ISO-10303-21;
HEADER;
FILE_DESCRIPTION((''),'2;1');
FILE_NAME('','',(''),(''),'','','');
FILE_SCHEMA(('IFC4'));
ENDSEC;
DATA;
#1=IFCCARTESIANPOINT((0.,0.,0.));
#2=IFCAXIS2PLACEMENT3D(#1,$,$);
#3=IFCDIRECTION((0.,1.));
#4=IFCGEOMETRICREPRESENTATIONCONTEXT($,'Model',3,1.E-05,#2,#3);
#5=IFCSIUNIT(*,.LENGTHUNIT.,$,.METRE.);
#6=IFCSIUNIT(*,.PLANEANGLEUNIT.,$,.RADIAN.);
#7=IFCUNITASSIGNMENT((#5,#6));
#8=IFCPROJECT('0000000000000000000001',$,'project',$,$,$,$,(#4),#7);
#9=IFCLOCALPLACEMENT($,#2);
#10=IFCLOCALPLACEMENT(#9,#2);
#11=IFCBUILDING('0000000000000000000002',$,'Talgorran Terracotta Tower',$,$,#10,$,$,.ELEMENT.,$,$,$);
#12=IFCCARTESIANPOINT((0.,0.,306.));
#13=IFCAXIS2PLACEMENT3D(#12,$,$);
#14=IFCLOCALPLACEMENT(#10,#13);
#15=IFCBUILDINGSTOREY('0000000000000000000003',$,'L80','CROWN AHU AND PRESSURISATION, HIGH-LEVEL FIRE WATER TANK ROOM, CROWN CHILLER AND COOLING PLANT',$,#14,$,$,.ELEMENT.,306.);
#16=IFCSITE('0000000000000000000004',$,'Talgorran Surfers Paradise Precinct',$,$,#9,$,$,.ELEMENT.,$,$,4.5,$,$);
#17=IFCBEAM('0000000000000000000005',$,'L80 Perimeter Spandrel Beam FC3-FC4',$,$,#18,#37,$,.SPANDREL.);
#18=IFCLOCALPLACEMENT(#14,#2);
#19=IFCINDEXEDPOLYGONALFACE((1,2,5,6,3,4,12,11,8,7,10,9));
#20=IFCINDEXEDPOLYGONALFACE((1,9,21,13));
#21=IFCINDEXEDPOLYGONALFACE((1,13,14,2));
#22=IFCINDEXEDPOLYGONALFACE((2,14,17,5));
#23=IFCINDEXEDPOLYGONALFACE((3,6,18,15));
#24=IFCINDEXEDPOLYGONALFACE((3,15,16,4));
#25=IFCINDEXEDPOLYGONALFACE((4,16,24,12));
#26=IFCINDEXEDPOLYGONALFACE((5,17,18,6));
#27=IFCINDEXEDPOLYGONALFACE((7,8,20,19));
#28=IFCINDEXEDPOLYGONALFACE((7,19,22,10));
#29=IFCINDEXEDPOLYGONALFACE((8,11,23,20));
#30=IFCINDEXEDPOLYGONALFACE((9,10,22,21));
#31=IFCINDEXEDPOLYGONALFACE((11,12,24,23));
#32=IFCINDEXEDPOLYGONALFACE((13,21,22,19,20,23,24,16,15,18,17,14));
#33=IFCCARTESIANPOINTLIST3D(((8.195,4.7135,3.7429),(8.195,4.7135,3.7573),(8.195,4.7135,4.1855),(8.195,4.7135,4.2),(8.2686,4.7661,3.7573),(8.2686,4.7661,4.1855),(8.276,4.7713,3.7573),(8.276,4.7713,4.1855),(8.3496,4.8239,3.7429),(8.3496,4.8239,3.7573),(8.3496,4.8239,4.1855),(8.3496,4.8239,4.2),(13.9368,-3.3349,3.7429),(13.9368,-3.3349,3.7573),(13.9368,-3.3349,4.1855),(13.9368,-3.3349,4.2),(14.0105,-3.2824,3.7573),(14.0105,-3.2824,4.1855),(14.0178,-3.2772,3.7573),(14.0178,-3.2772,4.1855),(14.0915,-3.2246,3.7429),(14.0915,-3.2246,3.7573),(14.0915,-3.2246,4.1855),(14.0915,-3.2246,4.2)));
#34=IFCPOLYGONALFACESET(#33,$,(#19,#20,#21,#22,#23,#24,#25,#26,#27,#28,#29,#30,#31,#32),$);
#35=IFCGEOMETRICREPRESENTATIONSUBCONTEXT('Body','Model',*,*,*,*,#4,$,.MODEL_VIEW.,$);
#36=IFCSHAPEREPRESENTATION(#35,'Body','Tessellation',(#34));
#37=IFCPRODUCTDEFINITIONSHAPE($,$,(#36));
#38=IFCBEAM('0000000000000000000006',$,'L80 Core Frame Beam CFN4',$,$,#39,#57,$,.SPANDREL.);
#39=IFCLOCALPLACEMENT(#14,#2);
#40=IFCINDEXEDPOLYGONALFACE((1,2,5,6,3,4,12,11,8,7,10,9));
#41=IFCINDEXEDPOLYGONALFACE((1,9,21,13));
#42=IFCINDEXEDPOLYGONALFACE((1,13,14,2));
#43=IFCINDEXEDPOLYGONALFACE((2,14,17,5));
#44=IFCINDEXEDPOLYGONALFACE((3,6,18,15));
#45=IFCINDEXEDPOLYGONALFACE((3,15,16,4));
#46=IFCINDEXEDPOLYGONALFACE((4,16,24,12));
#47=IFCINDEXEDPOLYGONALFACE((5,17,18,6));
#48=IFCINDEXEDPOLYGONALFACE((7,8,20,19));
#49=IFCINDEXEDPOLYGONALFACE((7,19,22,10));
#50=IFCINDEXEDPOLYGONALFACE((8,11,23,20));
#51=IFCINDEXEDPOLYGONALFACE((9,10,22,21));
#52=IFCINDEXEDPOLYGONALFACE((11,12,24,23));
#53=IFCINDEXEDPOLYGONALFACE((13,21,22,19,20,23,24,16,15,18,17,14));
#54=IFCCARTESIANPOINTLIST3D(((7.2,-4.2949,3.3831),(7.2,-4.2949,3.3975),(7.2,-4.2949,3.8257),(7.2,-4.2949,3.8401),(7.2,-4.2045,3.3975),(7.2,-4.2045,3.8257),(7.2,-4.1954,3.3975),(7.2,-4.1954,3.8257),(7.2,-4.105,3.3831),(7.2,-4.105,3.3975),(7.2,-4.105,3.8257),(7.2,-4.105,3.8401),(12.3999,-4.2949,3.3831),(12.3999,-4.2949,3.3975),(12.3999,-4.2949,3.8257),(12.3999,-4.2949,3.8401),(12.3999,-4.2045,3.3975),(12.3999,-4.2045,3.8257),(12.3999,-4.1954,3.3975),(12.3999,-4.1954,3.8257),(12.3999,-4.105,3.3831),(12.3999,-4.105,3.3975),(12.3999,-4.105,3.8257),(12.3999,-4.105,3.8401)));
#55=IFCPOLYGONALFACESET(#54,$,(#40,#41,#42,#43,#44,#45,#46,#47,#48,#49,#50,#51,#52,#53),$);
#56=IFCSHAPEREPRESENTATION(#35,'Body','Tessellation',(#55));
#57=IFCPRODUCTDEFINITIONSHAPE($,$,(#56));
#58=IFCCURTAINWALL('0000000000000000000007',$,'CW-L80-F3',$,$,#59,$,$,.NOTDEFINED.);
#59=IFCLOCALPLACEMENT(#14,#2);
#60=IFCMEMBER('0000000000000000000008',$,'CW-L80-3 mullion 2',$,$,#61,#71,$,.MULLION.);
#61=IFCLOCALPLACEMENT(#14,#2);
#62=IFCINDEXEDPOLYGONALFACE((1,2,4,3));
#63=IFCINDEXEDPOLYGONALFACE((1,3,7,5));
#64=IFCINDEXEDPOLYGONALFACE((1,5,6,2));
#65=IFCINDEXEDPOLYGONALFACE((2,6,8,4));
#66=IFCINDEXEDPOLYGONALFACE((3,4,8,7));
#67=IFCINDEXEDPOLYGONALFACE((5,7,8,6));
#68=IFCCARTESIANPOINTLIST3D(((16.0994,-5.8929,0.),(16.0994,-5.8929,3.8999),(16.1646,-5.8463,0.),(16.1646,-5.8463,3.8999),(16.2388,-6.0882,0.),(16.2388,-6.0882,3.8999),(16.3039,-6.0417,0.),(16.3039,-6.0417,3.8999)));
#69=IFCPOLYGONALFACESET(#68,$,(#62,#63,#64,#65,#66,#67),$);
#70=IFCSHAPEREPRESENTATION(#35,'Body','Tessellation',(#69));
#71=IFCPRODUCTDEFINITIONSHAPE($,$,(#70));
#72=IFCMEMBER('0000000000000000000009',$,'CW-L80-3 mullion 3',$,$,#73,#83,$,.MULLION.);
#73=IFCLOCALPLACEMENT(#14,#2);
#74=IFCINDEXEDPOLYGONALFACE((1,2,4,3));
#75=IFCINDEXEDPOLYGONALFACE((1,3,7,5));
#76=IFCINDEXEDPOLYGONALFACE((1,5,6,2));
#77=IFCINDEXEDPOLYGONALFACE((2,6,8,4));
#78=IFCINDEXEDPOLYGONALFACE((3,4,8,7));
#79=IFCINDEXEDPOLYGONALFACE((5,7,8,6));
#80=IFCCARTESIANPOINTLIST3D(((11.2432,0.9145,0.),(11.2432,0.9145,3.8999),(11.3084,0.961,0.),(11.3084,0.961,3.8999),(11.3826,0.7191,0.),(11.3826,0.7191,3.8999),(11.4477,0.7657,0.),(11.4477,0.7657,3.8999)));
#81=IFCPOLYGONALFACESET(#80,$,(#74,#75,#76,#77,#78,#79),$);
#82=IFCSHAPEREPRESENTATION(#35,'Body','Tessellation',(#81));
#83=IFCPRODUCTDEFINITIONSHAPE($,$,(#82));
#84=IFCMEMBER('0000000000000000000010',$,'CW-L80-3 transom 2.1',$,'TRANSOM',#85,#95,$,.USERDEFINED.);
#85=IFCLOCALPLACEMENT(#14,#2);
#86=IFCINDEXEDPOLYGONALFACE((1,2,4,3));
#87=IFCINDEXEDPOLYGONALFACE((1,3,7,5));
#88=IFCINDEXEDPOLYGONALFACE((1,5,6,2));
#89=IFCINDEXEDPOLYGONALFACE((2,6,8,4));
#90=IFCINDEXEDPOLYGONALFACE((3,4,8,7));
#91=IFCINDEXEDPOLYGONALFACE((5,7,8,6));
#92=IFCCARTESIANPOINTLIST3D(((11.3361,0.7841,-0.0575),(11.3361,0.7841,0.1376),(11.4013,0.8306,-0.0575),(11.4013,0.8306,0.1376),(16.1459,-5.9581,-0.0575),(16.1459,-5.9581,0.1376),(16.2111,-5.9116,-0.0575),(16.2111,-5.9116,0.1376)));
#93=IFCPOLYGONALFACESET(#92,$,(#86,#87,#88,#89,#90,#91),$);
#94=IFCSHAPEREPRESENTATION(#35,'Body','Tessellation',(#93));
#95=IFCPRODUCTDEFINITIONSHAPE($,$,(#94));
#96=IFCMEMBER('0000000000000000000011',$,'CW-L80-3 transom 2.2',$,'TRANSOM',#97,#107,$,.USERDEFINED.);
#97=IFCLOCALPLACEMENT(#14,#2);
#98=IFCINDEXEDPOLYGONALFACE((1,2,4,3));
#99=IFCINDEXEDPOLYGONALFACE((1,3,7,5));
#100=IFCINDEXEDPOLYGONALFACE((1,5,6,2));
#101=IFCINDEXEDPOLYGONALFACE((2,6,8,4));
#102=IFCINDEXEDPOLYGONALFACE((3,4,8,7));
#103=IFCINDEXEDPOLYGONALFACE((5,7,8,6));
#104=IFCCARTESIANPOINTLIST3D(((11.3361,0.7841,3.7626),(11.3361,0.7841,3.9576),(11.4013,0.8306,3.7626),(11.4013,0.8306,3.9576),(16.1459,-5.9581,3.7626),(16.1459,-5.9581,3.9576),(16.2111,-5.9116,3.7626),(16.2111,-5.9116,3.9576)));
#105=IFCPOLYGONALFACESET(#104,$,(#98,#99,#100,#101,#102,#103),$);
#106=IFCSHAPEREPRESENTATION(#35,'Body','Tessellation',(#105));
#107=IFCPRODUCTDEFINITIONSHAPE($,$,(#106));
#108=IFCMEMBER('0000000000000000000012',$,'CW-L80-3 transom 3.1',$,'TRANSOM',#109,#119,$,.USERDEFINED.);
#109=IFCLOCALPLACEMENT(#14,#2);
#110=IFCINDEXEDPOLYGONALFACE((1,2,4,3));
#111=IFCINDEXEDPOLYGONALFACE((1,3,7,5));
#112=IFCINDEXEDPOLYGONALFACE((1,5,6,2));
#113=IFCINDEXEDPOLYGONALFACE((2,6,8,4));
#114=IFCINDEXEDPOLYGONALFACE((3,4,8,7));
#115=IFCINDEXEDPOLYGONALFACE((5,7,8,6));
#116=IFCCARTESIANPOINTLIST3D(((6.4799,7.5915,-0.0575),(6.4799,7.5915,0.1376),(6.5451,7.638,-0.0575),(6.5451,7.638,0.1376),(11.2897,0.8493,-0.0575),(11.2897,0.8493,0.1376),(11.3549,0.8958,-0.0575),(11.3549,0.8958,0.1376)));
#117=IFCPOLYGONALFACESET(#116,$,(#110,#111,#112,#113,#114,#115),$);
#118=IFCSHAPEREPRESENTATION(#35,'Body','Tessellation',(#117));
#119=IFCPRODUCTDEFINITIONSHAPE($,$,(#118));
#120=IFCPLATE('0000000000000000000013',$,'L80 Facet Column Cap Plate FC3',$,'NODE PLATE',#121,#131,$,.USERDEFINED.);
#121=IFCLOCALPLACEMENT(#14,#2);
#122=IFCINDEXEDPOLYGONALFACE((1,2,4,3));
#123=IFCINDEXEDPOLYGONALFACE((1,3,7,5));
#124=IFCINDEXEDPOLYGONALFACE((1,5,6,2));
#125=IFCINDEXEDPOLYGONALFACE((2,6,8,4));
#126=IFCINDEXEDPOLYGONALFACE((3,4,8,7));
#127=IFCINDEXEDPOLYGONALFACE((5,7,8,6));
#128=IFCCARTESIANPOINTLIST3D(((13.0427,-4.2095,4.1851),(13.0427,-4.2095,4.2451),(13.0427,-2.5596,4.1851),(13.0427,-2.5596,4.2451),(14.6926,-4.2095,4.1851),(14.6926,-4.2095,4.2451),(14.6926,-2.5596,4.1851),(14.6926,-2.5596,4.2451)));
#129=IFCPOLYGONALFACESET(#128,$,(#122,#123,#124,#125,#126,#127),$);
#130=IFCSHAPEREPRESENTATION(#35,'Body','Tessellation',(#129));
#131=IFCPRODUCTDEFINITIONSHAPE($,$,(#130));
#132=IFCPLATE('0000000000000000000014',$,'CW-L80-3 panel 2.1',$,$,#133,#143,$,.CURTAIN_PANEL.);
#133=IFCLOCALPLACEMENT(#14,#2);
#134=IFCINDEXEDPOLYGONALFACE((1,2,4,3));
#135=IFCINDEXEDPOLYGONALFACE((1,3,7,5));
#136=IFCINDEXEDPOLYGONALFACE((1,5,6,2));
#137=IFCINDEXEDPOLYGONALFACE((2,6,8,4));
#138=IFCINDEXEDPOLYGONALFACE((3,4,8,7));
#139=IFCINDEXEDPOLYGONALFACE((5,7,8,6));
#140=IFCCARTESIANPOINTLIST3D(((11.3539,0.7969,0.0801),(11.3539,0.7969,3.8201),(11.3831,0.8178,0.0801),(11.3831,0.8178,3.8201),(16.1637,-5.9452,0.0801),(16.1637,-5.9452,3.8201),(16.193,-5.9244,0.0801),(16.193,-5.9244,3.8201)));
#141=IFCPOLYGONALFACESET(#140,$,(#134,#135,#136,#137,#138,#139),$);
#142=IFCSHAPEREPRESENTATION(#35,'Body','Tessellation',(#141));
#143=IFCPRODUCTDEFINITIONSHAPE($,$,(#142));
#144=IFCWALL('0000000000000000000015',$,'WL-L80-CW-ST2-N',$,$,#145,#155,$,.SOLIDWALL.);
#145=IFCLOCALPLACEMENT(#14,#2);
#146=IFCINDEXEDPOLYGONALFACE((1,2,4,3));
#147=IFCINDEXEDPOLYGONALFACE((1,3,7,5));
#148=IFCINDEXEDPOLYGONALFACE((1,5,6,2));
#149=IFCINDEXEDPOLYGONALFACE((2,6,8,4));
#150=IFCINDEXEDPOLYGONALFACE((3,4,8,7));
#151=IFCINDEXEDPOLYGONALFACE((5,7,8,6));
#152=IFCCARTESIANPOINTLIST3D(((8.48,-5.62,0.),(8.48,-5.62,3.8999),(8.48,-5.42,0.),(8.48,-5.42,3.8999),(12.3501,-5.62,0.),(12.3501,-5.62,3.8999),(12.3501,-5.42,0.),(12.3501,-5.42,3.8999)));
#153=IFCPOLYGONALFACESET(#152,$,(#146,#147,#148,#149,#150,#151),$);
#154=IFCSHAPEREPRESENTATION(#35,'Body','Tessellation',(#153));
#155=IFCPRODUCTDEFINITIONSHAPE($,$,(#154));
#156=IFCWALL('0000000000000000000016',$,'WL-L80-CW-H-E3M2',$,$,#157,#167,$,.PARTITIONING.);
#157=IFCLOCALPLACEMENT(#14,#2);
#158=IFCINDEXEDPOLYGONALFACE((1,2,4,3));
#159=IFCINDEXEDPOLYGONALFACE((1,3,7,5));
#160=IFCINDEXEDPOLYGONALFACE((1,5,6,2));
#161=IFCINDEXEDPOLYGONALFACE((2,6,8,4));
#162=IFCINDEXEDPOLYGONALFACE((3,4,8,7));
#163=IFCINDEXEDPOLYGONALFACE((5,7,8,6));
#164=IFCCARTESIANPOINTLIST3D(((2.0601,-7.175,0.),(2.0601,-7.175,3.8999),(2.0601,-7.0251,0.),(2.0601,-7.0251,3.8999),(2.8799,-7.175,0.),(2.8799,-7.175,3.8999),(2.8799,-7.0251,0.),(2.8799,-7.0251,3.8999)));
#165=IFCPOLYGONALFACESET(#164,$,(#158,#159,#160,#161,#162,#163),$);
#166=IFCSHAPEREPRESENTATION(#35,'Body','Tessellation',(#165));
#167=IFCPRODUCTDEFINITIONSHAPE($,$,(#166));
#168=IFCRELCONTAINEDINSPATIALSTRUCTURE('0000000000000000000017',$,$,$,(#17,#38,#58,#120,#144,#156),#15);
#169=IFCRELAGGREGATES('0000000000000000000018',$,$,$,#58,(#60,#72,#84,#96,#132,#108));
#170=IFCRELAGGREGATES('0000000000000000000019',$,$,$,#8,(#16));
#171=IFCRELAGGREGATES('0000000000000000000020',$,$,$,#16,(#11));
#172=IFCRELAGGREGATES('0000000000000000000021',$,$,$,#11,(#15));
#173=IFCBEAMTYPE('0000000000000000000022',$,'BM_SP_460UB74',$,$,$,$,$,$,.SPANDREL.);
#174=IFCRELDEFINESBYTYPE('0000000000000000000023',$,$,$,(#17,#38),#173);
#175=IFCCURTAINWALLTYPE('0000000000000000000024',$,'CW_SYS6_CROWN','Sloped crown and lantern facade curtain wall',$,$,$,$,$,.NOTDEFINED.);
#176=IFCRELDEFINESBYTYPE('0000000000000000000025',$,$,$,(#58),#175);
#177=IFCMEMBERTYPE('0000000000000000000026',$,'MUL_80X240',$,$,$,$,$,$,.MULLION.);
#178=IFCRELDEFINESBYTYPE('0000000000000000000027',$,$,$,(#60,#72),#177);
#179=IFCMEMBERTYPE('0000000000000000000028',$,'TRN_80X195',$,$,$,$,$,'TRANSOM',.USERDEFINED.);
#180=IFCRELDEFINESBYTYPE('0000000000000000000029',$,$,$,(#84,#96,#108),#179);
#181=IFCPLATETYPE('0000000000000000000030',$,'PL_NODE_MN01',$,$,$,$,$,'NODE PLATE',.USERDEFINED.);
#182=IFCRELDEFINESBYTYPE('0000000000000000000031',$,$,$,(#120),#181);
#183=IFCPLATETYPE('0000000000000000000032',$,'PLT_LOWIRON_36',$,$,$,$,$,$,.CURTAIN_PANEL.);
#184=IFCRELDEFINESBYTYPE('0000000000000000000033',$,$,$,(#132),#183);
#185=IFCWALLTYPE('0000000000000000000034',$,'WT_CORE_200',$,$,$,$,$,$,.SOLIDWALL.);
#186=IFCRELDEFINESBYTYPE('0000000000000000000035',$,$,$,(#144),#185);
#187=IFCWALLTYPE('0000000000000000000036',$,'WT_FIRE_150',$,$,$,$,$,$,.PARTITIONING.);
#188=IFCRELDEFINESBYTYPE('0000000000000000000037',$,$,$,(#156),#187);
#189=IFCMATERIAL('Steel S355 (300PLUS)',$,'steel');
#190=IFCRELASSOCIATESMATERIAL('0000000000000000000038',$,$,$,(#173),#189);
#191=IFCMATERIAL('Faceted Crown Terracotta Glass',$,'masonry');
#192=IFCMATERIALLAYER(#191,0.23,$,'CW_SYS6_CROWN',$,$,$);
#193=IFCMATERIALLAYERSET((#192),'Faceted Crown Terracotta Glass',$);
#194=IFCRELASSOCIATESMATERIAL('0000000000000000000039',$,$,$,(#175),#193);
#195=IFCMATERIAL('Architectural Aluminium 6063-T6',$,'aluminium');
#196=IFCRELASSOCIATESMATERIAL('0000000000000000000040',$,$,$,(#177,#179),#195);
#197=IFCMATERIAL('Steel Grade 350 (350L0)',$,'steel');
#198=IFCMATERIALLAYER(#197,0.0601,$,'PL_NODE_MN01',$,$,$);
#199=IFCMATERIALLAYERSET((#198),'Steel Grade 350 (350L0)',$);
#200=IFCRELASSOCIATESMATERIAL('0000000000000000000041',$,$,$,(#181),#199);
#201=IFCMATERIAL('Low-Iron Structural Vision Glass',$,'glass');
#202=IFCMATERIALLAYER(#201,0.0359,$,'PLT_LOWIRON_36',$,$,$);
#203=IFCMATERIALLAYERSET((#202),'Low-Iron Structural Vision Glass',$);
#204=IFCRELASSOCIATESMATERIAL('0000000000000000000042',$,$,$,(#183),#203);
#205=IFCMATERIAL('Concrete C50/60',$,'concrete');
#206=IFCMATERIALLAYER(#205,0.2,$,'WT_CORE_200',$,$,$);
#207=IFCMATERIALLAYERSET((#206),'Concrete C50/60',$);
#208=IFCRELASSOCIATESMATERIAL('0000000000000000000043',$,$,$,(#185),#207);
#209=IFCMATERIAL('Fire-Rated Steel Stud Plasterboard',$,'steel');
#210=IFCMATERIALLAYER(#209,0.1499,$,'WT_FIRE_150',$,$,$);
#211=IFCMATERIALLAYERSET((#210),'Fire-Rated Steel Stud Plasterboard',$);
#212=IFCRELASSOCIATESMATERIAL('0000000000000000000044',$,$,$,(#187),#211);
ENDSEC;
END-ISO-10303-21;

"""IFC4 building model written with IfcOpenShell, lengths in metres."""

from ifc_helpers import new_model, si_unit, direction, frame, frame_2d, origin, origin_2d, place, context, subcontext, project, spatial, rectangle, i_section, extrude, source, transform, mapped, material, layer, layer_set, material_profile, profile_set, type_object, type_shapes, element, aggregate, save


model = new_model("IFC4")

# Units and contexts
model_context = context("Model", 3, precision=1e-05, world=origin(), true_north=direction((0.0, 1.0)))
body_context = subcontext(model_context, "Body", "Model", "MODEL_VIEW")
ifc_project = project(units=[si_unit("LENGTHUNIT", "METRE"), si_unit("PLANEANGLEUNIT", "RADIAN")], contexts=[model_context])

# Site, building, storey
site_placement = place(None, origin())
site = spatial("IfcSite", under=ifc_project, at=site_placement, Name="Talgorran Surfers Paradise Precinct", CompositionType="ELEMENT", RefElevation=4.5)
building_placement = place(site_placement, origin())
building = spatial("IfcBuilding", under=site, at=building_placement, Name="Talgorran Terracotta Tower", CompositionType="ELEMENT")
storey_placement = place(building_placement, frame((0.0, 0.0, 306.0)))
storey = spatial("IfcBuildingStorey", under=building, at=storey_placement, Name="L80", Description="CROWN AHU AND PRESSURISATION, HIGH-LEVEL FIRE WATER TANK ROOM, CROWN CHILLER AND COOLING PLANT", CompositionType="ELEMENT", Elevation=306.0)

# Shared definitions
ifc_material_1 = material(Name="Steel S355 (300PLUS)", Category="steel")

# Beams
ifc_material_2 = material(Name="Steel Grade 350 (350L0)", Category="steel")
ifc_material_profile_1 = material_profile(ifc_material_1, i_section(OverallWidth=0.1899, OverallDepth=0.457, WebThickness=0.009, FlangeThickness=0.0144, at=origin_2d()), Name="460UB74.6")
ifc_profile_set_1 = profile_set([ifc_material_profile_1], Name="Steel S355 (300PLUS)")
beam_type_1 = type_object("IfcBeamType", Name="BM_SP_460UB74", PredefinedType="SPANDREL", material=ifc_profile_set_1)
beam_1_placement = place(storey_placement, frame((14.0142, -3.2798, 3.9714), z_axis=(-0.580766, 0.81407, 0.0), x_axis=(-0.81407, -0.580766, 0.0)))
element("IfcBeam", 1, at=beam_1_placement, inside=storey, type_object=beam_type_1, Name="L80 Perimeter Spandrel Beam FC3-FC4", PredefinedType="SPANDREL", context=body_context, shape_type="SweptSolid", body=[
    extrude(i_section(OverallWidth=0.1899, OverallDepth=0.457, WebThickness=0.009, FlangeThickness=0.0144, at=origin_2d()), origin(), (0.0, 0.0, 1.0), 9.8867),
])
beam_2_placement = place(storey_placement, frame((7.2, -4.2, 3.6116), z_axis=(1.0, 0.0, 0.0), x_axis=(0.0, 1.0, 0.0)))
element("IfcBeam", 2, at=beam_2_placement, inside=storey, type_object=beam_type_1, Name="L80 Core Frame Beam CFN4", PredefinedType="SPANDREL", context=body_context, shape_type="SweptSolid", body=[
    extrude(i_section(OverallWidth=0.1899, OverallDepth=0.457, WebThickness=0.009, FlangeThickness=0.0144, at=origin_2d()), origin(), (0.0, 0.0, 1.0), 5.2),
])

# Curtain wall, members
ifc_material_3 = material(Name="Faceted Crown Terracotta Glass", Category="masonry")
ifc_layer_1 = layer(ifc_material_3, 0.23, Name="CW_SYS6_CROWN")
ifc_layer_set_1 = layer_set([ifc_layer_1], Name="Faceted Crown Terracotta Glass")
curtain_wall_type = type_object("IfcCurtainWallType", Name="CW_SYS6_CROWN", Description="Sloped crown and lantern facade curtain wall", PredefinedType="NOTDEFINED", material=ifc_layer_set_1)
curtain_wall_placement = place(storey_placement, origin())
curtain_wall = element("IfcCurtainWall", 3, at=curtain_wall_placement, inside=storey, type_object=curtain_wall_type, Name="CW-L80-F3", PredefinedType="NOTDEFINED")
ifc_material_4 = material(Name="Architectural Aluminium 6063-T6", Category="aluminium")
ifc_material_profile_2 = material_profile(ifc_material_4, rectangle(XDim=0.0801, YDim=0.24, at=origin_2d()), Name="CWM80X240")
ifc_profile_set_2 = profile_set([ifc_material_profile_2], Name="Architectural Aluminium 6063-T6")
member_type_1 = type_object("IfcMemberType", Name="MUL_80X240", PredefinedType="MULLION", material=ifc_profile_set_2)
member_1_placement = place(storey_placement, frame((16.2017, -5.9673, 0.0), z_axis=(0.0, 0.0, 1.0), x_axis=(-0.814076, -0.580758, 0.0)))
member_1 = element("IfcMember", 4, at=member_1_placement, type_object=member_type_1, Name="CW-L80-3 mullion 2", PredefinedType="MULLION", context=body_context, shape_type="SweptSolid", body=[
    extrude(rectangle(XDim=0.0801, YDim=0.24, at=origin_2d()), origin(), (0.0, 0.0, 1.0), 3.8999),
])
member_2_placement = place(storey_placement, frame((11.3455, 0.8401, 0.0), z_axis=(0.0, 0.0, 1.0), x_axis=(-0.814076, -0.580758, 0.0)))
member_2 = element("IfcMember", 5, at=member_2_placement, type_object=member_type_1, Name="CW-L80-3 mullion 3", PredefinedType="MULLION", context=body_context, shape_type="SweptSolid", body=[
    extrude(rectangle(XDim=0.0801, YDim=0.24, at=origin_2d()), origin(), (0.0, 0.0, 1.0), 3.8999),
])
ifc_material_profile_3 = material_profile(ifc_material_4, rectangle(XDim=0.0801, YDim=0.1951, at=origin_2d()), Name="CWT80X195")
ifc_profile_set_3 = profile_set([ifc_material_profile_3], Name="Architectural Aluminium 6063-T6")
member_type_2 = type_object("IfcMemberType", Name="TRN_80X195", ElementType="TRANSOM", PredefinedType="USERDEFINED", material=ifc_profile_set_3)
member_3_placement = place(storey_placement, frame((16.1785, -5.9348, 0.04), z_axis=(-0.580756, 0.814078, 0.0), x_axis=(-0.814078, -0.580756, 0.0)))
member_3 = element("IfcMember", 6, at=member_3_placement, type_object=member_type_2, Name="CW-L80-3 transom 2.1", ObjectType="TRANSOM", PredefinedType="USERDEFINED", context=body_context, shape_type="SweptSolid", body=[
    extrude(rectangle(XDim=0.0801, YDim=0.1951, at=origin_2d()), origin(), (0.0, 0.0, 1.0), 8.282),
])
member_4_placement = place(storey_placement, frame((16.1785, -5.9348, 3.8601), z_axis=(-0.580756, 0.814078, 0.0), x_axis=(-0.814078, -0.580756, 0.0)))
member_4 = element("IfcMember", 7, at=member_4_placement, type_object=member_type_2, Name="CW-L80-3 transom 2.2", ObjectType="TRANSOM", PredefinedType="USERDEFINED", context=body_context, shape_type="SweptSolid", body=[
    extrude(rectangle(XDim=0.0801, YDim=0.1951, at=origin_2d()), origin(), (0.0, 0.0, 1.0), 8.282),
])
member_5_placement = place(storey_placement, frame((11.3223, 0.8726, 0.04), z_axis=(-0.580756, 0.814078, 0.0), x_axis=(-0.814078, -0.580756, 0.0)))
member_5 = element("IfcMember", 8, at=member_5_placement, type_object=member_type_2, Name="CW-L80-3 transom 3.1", ObjectType="TRANSOM", PredefinedType="USERDEFINED", context=body_context, shape_type="SweptSolid", body=[
    extrude(rectangle(XDim=0.0801, YDim=0.1951, at=origin_2d()), origin(), (0.0, 0.0, 1.0), 8.282),
])

# Plates
ifc_layer_2 = layer(ifc_material_2, 0.0601, Name="PL_NODE_MN01")
ifc_layer_set_2 = layer_set([ifc_layer_2], Name="Steel Grade 350 (350L0)")
plate_type_1 = type_object("IfcPlateType", Name="PL_NODE_MN01", ElementType="NODE PLATE", PredefinedType="USERDEFINED", material=ifc_layer_set_2)
plate_1_placement = place(storey_placement, frame((13.8677, -3.3845, 4.1851), z_axis=(0.0, 0.0, 1.0), x_axis=(1.0, 0.0, 0.0)))
element("IfcPlate", 9, at=plate_1_placement, inside=storey, type_object=plate_type_1, Name="L80 Facet Column Cap Plate FC3", ObjectType="NODE PLATE", PredefinedType="USERDEFINED", context=body_context, shape_type="SweptSolid", body=[
    extrude(rectangle(XDim=1.6499, YDim=1.6499, at=origin_2d()), origin(), (0.0, 0.0, 1.0), 0.0601),
])
ifc_material_5 = material(Name="Low-Iron Structural Vision Glass", Category="glass")
ifc_layer_3 = layer(ifc_material_5, 0.0359, Name="PLT_LOWIRON_36")
ifc_layer_set_3 = layer_set([ifc_layer_3], Name="Low-Iron Structural Vision Glass")
plate_type_2 = type_object("IfcPlateType", Name="PLT_LOWIRON_36", PredefinedType="CURTAIN_PANEL", material=ifc_layer_set_3)
shared_shape = source(origin(), body_context, "Body", "SweptSolid", [
    extrude(rectangle(XDim=8.282, YDim=0.0359, at=origin_2d()), origin(), (0.0, 0.0, 1.0), 3.74),
])
type_shapes(plate_type_2, [shared_shape])
plate_2_placement = place(storey_placement, frame((13.7734, -2.5637, 0.0801), z_axis=(0.0, 0.0, 1.0), x_axis=(-0.580758, 0.814076, 0.0)))
plate_2 = element("IfcPlate", 10, at=plate_2_placement, type_object=plate_type_2, Name="CW-L80-3 panel 2.1", PredefinedType="CURTAIN_PANEL", context=body_context, shape_type="MappedRepresentation", body=[
    mapped(shared_shape, transform((0.0, 0.0, 0.0), scale=1.0)),
])
aggregate(curtain_wall, [member_1, member_2, member_3, member_4, plate_2, member_5])

# Walls
ifc_material_6 = material(Name="Concrete C50/60", Category="concrete")
ifc_layer_4 = layer(ifc_material_6, 0.2, Name="WT_CORE_200")
ifc_layer_set_4 = layer_set([ifc_layer_4], Name="Concrete C50/60")
wall_type_1 = type_object("IfcWallType", Name="WT_CORE_200", PredefinedType="SOLIDWALL", material=ifc_layer_set_4)
wall_1_placement = place(storey_placement, frame((8.48, -5.52, 0.0), z_axis=(0.0, 0.0, 1.0), x_axis=(1.0, 0.0, 0.0)))
element("IfcWall", 11, at=wall_1_placement, inside=storey, type_object=wall_type_1, Name="WL-L80-CW-ST2-N", PredefinedType="SOLIDWALL", context=body_context, shape_type="SweptSolid", body=[
    extrude(rectangle(XDim=3.8701, YDim=0.2, at=frame_2d((1.9351, 0.0))), origin(), (0.0, 0.0, 1.0), 3.8999),
])
ifc_material_7 = material(Name="Fire-Rated Steel Stud Plasterboard", Category="steel")
ifc_layer_5 = layer(ifc_material_7, 0.1499, Name="WT_FIRE_150")
ifc_layer_set_5 = layer_set([ifc_layer_5], Name="Fire-Rated Steel Stud Plasterboard")
wall_type_2 = type_object("IfcWallType", Name="WT_FIRE_150", PredefinedType="PARTITIONING", material=ifc_layer_set_5)
wall_2_placement = place(storey_placement, frame((2.0601, -7.1001, 0.0), z_axis=(0.0, 0.0, 1.0), x_axis=(1.0, 0.0, 0.0)))
element("IfcWall", 12, at=wall_2_placement, inside=storey, type_object=wall_type_2, Name="WL-L80-CW-H-E3M2", PredefinedType="PARTITIONING", context=body_context, shape_type="SweptSolid", body=[
    extrude(rectangle(XDim=0.8198, YDim=0.1499, at=frame_2d((0.4099, 0.0))), origin(), (0.0, 0.0, 1.0), 3.8999),
])

save(model, "model.ifc")
